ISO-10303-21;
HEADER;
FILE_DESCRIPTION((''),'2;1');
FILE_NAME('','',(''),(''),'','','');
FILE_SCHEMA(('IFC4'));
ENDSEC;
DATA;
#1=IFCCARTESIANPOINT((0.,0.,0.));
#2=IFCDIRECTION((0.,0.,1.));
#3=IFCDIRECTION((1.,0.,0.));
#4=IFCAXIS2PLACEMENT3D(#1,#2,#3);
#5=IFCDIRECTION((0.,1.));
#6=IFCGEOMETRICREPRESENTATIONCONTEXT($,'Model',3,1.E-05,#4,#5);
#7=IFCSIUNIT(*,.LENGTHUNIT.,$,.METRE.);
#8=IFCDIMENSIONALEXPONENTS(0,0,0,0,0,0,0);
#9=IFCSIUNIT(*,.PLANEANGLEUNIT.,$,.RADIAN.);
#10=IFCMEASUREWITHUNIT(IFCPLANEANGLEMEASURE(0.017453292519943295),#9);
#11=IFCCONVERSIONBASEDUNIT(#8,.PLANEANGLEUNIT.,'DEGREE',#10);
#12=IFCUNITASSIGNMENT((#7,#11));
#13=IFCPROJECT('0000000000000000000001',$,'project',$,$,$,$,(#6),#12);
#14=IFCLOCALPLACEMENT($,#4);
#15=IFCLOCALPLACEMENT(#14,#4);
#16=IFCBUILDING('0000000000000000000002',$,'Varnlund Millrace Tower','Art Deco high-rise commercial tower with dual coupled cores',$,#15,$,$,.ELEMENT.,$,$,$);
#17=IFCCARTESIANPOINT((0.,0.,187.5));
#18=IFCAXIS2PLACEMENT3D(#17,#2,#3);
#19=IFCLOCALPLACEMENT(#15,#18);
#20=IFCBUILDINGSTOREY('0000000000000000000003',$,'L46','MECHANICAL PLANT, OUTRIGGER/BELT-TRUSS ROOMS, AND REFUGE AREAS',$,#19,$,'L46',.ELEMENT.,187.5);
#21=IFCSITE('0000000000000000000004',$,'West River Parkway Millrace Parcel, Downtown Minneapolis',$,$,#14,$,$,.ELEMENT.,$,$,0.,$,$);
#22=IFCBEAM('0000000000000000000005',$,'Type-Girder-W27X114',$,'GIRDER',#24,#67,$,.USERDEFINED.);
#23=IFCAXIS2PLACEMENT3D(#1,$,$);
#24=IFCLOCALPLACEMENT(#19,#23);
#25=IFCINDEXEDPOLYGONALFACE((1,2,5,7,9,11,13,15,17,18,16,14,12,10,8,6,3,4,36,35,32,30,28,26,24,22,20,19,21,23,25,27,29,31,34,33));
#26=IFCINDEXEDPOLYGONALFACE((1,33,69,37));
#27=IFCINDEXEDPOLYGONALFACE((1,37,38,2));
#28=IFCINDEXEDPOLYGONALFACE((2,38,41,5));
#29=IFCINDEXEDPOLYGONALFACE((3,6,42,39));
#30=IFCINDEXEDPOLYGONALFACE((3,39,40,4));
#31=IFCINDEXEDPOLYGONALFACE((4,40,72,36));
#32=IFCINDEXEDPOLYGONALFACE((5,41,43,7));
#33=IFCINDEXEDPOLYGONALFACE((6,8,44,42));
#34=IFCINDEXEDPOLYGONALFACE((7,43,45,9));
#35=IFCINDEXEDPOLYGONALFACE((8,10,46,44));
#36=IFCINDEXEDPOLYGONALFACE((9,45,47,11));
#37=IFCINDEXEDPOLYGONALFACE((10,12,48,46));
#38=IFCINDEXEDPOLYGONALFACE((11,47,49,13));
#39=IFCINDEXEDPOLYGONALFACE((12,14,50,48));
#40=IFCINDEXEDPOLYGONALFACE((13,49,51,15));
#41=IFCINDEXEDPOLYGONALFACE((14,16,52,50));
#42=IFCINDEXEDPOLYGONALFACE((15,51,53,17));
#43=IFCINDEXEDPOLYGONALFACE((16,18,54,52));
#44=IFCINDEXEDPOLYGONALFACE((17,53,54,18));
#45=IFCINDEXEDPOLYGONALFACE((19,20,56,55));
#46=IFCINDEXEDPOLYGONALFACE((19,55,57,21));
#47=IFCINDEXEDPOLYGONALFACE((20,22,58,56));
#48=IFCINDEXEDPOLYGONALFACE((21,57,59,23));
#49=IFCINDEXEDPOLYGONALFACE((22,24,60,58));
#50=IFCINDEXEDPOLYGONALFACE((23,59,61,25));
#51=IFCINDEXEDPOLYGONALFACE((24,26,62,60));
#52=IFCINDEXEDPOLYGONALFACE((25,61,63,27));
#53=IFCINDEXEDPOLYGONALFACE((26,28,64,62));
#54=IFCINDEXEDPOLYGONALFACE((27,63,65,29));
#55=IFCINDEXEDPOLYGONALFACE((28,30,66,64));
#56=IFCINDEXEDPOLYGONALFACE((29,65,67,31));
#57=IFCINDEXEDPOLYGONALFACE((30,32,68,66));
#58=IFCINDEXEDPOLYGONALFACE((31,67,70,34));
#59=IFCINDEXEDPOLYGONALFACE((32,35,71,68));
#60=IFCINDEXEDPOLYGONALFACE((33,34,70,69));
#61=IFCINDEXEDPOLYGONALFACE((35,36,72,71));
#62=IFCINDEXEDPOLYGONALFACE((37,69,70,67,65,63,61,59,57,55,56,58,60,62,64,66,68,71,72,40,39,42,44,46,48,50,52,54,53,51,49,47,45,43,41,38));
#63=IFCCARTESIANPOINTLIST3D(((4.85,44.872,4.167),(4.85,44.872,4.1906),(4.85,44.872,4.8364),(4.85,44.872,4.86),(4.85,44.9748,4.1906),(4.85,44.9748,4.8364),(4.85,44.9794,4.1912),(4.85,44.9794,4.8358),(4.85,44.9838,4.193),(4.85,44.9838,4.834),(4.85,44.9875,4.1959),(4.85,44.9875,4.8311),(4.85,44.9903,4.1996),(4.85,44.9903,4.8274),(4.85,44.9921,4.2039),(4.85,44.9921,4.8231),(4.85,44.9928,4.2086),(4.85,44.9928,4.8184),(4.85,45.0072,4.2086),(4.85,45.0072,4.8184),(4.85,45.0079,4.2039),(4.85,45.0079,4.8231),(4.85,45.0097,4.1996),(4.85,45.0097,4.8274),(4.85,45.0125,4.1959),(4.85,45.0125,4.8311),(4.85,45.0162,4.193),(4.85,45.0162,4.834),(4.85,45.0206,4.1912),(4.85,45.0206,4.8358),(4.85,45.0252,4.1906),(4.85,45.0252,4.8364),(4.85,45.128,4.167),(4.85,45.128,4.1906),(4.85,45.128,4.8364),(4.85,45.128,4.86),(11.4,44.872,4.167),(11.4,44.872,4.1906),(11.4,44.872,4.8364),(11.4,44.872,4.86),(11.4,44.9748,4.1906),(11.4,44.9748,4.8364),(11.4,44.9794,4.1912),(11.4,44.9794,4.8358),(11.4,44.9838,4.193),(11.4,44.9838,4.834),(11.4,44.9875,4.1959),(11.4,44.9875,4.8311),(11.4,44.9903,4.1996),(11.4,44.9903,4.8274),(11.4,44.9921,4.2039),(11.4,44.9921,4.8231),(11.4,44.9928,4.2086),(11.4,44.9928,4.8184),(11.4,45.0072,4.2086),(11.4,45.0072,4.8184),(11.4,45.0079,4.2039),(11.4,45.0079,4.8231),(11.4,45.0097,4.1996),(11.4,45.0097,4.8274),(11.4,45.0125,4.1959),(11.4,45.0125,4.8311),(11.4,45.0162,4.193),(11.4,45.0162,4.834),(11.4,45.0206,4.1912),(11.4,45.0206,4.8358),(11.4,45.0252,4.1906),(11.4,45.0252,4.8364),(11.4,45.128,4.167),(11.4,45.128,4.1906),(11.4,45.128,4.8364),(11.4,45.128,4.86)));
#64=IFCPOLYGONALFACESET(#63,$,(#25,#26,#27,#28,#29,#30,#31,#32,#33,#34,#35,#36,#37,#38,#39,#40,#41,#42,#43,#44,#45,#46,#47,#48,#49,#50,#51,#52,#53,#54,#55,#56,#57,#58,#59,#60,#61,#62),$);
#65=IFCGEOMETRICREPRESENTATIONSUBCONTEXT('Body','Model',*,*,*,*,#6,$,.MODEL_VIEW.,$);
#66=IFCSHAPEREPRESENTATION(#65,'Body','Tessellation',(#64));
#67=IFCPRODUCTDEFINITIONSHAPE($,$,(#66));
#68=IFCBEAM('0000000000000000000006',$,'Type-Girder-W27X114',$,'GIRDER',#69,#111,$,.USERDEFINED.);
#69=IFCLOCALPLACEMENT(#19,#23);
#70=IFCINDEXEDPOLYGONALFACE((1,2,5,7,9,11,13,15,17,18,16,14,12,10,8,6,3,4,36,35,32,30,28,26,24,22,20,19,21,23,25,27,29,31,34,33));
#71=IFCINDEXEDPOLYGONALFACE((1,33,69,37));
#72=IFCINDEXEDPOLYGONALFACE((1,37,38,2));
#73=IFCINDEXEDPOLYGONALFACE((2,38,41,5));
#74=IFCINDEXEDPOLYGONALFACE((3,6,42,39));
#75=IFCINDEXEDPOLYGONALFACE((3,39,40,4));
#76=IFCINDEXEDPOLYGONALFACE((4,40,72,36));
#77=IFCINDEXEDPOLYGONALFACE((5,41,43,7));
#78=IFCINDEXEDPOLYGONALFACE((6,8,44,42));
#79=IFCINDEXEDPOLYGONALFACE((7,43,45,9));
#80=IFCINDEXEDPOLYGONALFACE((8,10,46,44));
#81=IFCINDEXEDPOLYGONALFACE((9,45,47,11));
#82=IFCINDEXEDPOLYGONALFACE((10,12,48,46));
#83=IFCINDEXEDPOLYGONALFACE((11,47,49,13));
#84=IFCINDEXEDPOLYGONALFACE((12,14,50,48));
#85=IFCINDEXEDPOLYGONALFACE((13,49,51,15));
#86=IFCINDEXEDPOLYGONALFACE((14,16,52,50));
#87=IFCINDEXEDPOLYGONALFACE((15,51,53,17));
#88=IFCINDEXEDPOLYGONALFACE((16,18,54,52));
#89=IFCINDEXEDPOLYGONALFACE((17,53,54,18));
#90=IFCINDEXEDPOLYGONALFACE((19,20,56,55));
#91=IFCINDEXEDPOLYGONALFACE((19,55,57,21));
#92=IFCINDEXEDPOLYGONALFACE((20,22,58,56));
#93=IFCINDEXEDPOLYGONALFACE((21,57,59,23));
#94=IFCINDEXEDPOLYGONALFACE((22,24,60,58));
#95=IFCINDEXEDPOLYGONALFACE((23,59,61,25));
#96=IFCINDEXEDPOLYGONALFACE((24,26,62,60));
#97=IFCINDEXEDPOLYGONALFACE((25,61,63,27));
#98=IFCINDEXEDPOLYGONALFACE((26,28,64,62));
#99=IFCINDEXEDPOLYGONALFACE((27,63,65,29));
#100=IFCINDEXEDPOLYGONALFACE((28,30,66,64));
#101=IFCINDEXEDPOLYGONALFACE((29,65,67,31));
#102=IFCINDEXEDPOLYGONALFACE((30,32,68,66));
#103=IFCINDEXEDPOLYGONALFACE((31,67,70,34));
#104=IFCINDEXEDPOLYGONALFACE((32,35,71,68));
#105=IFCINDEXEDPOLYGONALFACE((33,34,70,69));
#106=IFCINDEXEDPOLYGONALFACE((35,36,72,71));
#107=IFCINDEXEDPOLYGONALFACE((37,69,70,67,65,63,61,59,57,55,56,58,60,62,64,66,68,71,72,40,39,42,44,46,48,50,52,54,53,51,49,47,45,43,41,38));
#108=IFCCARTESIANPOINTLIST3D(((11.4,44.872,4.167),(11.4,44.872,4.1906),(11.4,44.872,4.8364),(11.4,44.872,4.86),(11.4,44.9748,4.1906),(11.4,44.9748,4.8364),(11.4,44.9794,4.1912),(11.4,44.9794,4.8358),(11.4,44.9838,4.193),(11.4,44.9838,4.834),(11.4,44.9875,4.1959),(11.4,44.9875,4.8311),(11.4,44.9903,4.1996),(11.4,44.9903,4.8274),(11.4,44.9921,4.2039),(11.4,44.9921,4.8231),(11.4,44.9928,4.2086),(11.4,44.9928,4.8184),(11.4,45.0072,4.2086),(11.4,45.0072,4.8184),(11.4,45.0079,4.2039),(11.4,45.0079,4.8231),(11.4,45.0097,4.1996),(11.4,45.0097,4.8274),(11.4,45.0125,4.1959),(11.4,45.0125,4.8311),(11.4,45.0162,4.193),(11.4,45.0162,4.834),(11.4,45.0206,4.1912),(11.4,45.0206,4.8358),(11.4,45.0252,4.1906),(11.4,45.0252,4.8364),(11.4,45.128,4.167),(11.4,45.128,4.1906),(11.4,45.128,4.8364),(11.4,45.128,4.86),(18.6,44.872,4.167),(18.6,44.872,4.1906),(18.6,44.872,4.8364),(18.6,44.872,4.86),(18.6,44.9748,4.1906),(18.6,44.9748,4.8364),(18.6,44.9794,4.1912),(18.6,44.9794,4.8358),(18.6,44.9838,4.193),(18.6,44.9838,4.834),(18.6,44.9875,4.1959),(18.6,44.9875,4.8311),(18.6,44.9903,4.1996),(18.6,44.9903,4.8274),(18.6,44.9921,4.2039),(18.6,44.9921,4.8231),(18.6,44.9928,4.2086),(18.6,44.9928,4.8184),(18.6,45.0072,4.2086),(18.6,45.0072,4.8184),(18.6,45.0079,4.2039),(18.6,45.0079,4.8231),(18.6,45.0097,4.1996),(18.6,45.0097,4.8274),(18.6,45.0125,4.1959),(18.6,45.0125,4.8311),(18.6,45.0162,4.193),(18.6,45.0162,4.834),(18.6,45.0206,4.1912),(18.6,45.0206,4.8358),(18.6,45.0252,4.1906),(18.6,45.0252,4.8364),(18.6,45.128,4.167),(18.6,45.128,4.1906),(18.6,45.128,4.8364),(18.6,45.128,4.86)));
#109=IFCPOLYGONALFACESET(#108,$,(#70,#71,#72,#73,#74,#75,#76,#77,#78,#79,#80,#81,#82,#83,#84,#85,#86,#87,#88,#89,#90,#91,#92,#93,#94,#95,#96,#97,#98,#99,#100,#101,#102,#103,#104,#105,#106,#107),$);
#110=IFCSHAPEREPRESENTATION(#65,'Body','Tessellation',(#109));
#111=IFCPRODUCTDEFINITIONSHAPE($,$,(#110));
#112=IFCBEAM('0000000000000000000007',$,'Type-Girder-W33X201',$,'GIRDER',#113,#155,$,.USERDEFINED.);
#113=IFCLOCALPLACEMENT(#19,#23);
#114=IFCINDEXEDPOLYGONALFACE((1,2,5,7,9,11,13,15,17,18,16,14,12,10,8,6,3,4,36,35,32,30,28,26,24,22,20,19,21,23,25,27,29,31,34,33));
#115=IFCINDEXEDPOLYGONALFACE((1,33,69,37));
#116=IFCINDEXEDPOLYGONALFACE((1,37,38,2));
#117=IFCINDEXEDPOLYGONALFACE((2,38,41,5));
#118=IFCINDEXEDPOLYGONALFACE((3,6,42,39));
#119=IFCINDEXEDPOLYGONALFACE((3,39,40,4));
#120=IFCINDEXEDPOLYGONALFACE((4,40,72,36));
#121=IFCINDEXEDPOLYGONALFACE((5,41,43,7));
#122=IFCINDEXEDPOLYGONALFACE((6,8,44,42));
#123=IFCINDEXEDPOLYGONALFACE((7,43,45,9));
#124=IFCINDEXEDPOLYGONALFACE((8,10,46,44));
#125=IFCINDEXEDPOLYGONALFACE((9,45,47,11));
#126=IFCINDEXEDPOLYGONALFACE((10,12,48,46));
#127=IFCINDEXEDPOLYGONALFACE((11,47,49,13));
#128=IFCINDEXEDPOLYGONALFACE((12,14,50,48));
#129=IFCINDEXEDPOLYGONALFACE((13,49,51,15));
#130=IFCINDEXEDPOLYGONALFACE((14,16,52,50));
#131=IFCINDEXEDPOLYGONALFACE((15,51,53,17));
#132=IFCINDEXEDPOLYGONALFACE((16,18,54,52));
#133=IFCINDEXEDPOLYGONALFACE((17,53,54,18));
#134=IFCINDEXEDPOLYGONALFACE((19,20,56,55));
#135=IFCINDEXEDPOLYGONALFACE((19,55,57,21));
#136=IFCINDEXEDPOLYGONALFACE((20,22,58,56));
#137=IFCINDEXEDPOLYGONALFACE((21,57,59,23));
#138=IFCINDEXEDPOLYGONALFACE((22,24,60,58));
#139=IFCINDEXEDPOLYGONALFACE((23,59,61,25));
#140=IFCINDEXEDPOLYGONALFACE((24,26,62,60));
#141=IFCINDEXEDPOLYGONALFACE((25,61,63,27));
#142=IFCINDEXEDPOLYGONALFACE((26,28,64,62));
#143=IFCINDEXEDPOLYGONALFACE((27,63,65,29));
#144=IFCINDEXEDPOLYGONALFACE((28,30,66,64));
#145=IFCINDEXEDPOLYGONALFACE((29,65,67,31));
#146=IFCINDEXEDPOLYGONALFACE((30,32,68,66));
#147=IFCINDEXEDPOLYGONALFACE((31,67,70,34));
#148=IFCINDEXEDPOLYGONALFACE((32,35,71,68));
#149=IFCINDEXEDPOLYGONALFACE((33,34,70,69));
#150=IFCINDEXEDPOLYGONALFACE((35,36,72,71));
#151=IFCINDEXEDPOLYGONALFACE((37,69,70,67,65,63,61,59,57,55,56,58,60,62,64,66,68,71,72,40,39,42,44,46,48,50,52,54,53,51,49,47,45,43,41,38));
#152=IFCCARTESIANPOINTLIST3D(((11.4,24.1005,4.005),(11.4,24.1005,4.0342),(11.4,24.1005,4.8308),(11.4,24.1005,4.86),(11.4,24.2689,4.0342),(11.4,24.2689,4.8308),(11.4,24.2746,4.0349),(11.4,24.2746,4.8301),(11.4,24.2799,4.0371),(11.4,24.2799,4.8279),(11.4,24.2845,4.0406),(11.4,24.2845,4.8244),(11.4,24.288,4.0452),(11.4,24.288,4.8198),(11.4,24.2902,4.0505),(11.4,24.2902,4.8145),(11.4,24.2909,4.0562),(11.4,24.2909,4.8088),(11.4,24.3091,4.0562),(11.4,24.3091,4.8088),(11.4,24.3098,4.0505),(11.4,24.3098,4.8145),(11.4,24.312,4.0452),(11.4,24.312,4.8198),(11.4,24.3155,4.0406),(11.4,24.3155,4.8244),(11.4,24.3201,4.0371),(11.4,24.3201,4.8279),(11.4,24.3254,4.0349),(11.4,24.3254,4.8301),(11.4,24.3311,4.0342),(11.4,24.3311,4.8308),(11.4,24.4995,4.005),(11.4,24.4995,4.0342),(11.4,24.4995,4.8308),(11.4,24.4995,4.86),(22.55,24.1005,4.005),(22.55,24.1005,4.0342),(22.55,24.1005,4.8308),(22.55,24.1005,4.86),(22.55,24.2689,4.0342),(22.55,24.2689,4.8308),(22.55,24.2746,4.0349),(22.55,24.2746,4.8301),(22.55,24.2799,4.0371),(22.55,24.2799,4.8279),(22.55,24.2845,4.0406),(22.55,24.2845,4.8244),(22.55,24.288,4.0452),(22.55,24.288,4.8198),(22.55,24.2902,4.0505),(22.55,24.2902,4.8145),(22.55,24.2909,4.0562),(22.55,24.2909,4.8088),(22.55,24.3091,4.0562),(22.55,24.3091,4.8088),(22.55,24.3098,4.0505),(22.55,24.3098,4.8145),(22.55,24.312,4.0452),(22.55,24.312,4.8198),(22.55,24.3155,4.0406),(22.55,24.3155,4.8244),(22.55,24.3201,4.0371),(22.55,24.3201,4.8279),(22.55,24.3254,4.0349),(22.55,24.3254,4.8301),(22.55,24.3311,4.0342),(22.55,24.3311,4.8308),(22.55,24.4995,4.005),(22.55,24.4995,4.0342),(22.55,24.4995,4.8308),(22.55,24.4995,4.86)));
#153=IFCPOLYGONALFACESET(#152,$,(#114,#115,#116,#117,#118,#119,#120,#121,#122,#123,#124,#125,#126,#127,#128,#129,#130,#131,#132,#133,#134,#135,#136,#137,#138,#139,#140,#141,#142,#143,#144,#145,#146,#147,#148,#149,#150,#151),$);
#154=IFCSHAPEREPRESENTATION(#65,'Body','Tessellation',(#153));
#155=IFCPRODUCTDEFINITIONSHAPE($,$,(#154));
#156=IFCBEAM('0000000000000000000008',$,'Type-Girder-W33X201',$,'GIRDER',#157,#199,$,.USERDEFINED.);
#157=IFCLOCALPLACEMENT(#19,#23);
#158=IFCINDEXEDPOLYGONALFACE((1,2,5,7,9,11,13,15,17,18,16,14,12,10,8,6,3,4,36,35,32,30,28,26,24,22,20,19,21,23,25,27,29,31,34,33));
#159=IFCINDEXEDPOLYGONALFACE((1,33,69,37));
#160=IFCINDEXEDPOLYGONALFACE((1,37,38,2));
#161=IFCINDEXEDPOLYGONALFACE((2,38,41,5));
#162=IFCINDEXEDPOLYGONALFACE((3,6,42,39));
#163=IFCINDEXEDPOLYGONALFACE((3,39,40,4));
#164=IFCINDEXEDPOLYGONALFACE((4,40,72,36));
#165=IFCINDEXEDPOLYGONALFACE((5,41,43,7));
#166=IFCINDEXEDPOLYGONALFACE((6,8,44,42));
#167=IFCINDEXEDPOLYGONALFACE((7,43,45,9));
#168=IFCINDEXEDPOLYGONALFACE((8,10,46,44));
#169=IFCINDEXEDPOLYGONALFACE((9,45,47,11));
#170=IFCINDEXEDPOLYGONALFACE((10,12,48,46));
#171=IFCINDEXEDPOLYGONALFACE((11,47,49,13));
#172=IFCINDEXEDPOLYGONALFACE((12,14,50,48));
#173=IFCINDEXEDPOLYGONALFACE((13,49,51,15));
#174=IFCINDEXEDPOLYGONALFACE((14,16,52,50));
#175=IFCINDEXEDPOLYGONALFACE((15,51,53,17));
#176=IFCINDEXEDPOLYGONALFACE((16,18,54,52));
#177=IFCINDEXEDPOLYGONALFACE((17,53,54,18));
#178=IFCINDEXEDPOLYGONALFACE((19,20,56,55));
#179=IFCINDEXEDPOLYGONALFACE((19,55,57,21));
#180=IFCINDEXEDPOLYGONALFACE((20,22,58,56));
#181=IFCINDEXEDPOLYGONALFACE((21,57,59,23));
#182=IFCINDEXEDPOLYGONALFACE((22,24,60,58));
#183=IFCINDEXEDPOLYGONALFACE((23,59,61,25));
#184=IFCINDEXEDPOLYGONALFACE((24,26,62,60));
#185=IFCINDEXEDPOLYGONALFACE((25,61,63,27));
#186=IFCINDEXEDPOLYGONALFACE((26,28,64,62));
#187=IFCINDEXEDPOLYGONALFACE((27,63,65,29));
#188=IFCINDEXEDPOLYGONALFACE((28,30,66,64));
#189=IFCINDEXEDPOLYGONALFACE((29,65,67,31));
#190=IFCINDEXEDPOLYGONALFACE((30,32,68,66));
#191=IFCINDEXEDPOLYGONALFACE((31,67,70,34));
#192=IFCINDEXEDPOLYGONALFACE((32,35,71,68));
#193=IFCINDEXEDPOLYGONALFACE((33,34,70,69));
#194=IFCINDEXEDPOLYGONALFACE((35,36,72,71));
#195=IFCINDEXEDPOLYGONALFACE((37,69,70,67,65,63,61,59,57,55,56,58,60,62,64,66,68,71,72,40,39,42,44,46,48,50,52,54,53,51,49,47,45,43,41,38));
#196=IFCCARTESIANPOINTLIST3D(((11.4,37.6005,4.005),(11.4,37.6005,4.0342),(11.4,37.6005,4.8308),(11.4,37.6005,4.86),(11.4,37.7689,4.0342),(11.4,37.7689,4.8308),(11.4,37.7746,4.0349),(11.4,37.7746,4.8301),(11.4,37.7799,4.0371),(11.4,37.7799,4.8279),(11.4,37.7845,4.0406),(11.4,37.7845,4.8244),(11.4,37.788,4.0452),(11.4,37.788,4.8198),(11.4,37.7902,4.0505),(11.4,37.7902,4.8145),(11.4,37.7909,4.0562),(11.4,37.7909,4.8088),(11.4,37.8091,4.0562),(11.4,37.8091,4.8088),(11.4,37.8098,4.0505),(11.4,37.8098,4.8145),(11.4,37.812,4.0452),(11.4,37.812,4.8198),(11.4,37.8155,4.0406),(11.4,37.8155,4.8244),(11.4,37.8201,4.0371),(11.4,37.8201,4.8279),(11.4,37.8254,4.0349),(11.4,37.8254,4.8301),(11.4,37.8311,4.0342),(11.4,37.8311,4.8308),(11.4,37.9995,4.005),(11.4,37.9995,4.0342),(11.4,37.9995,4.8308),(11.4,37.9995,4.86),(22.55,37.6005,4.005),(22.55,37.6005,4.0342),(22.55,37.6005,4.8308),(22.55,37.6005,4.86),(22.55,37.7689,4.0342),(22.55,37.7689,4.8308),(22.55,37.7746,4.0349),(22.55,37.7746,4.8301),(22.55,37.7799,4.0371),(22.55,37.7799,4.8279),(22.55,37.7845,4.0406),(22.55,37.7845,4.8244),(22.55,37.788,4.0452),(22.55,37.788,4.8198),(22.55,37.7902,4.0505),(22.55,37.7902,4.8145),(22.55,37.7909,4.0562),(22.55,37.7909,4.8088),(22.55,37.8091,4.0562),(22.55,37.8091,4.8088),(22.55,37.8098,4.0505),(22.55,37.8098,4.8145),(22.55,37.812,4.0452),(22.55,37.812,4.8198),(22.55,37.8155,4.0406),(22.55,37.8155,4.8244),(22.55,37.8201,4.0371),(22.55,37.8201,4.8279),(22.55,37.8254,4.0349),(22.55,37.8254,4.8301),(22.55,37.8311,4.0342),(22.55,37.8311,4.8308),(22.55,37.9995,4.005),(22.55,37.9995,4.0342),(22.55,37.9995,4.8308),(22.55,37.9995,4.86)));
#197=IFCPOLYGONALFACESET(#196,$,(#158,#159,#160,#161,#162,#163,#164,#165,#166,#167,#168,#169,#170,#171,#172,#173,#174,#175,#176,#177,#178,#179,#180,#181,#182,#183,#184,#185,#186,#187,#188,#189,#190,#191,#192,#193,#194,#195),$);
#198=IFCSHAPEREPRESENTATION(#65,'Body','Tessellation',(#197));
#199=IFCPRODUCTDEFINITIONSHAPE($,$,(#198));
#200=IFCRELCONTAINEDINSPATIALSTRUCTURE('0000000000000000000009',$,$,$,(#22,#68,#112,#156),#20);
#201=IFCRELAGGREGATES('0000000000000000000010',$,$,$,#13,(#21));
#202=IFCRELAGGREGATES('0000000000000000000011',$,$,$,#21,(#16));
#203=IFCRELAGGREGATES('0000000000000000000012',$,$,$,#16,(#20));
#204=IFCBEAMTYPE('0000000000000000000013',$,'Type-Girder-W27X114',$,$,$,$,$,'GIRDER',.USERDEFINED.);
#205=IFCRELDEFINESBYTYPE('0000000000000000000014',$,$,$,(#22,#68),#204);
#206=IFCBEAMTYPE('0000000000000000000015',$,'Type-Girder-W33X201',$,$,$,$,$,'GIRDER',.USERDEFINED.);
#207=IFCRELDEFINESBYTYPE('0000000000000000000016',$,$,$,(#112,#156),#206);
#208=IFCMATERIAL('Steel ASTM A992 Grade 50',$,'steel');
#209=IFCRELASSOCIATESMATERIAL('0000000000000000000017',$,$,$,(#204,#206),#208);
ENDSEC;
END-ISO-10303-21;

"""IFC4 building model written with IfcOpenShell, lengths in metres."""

from ifc_helpers import new_model, entity, si_unit, converted_unit, direction, frame, origin_with_axes, origin_2d_with_axis, place, context, subcontext, project, spatial, i_section, extrude, material, material_profile, profile_set, type_object, element, save


model = new_model("IFC4")

# Units and contexts
model_context = context("Model", 3, precision=1e-05, world=origin_with_axes(), true_north=direction((0.0, 1.0)))
body_context = subcontext(model_context, "Body", "Model", "MODEL_VIEW")
ifc_project = project(units=[si_unit("LENGTHUNIT", "METRE"), converted_unit("PLANEANGLEUNIT", "DEGREE", entity("IfcPlaneAngleMeasure", 0.017453292519943295), si_unit("PLANEANGLEUNIT", "RADIAN"), dimensions=[0, 0, 0, 0, 0, 0, 0])], contexts=[model_context])

# Site, building, storey
site_placement = place(None, origin_with_axes())
site = spatial("IfcSite", under=ifc_project, at=site_placement, Name="West River Parkway Millrace Parcel, Downtown Minneapolis", CompositionType="ELEMENT", RefElevation=0.0)
building_placement = place(site_placement, origin_with_axes())
building = spatial("IfcBuilding", under=site, at=building_placement, Name="Varnlund Millrace Tower", Description="Art Deco high-rise commercial tower with dual coupled cores", CompositionType="ELEMENT")
storey_placement = place(building_placement, frame((0.0, 0.0, 187.5), z_axis=(0.0, 0.0, 1.0), x_axis=(1.0, 0.0, 0.0)))
storey = spatial("IfcBuildingStorey", under=building, at=storey_placement, Name="L46", Description="MECHANICAL PLANT, OUTRIGGER/BELT-TRUSS ROOMS, AND REFUGE AREAS", LongName="L46", CompositionType="ELEMENT", Elevation=187.5)

# Beams
ifc_material_1 = material(Name="Steel ASTM A992 Grade 50", Category="steel")
ifc_material_profile_1 = material_profile(ifc_material_1, i_section(OverallWidth=0.256, OverallDepth=0.693, WebThickness=0.0145, FlangeThickness=0.0236, FilletRadius=0.018, at=origin_2d_with_axis()), Name="Steel ASTM A992 Grade 50")
ifc_profile_set_1 = profile_set([ifc_material_profile_1], Name="Steel ASTM A992 Grade 50")
beam_type_1 = type_object("IfcBeamType", Name="Type-Girder-W27X114", ElementType="GIRDER", PredefinedType="USERDEFINED", material=ifc_profile_set_1)
beam_1_placement = place(storey_placement, frame((4.85, 45.0, 4.5135), z_axis=(1.0, 0.0, 0.0), x_axis=(0.0, 1.0, 0.0)))
element("IfcBeam", 1, at=beam_1_placement, inside=storey, type_object=beam_type_1, Name="Type-Girder-W27X114", ObjectType="GIRDER", PredefinedType="USERDEFINED", context=body_context, shape_type="SweptSolid", body=[
    extrude(i_section(OverallWidth=0.256, OverallDepth=0.693, WebThickness=0.0145, FlangeThickness=0.0236, FilletRadius=0.018, at=origin_2d_with_axis()), origin_with_axes(), (0.0, 0.0, 1.0), 6.55),
])
beam_2_placement = place(storey_placement, frame((11.4, 45.0, 4.5135), z_axis=(1.0, 0.0, 0.0), x_axis=(0.0, 1.0, 0.0)))
element("IfcBeam", 2, at=beam_2_placement, inside=storey, type_object=beam_type_1, Name="Type-Girder-W27X114", ObjectType="GIRDER", PredefinedType="USERDEFINED", context=body_context, shape_type="SweptSolid", body=[
    extrude(i_section(OverallWidth=0.256, OverallDepth=0.693, WebThickness=0.0145, FlangeThickness=0.0236, FilletRadius=0.018, at=origin_2d_with_axis()), origin_with_axes(), (0.0, 0.0, 1.0), 7.2),
])
ifc_material_profile_2 = material_profile(ifc_material_1, i_section(OverallWidth=0.399, OverallDepth=0.855, WebThickness=0.0182, FlangeThickness=0.0292, FilletRadius=0.022, at=origin_2d_with_axis()), Name="Steel ASTM A992 Grade 50")
ifc_profile_set_2 = profile_set([ifc_material_profile_2], Name="Steel ASTM A992 Grade 50")
beam_type_2 = type_object("IfcBeamType", Name="Type-Girder-W33X201", ElementType="GIRDER", PredefinedType="USERDEFINED", material=ifc_profile_set_2)
for number, where, z_axis, x_axis, name in (
    (3, (11.4, 24.3, 4.4325), (1.0, 0.0, 0.0), (0.0, 1.0, 0.0), "Type-Girder-W33X201"),
    (4, (11.4, 37.8, 4.4325), (1.0, 0.0, 0.0), (0.0, 1.0, 0.0), "Type-Girder-W33X201"),
):
    element("IfcBeam", number, at=place(storey_placement, frame(where, z_axis=z_axis, x_axis=x_axis)), inside=storey, type_object=beam_type_2, Name=name, ObjectType="GIRDER", PredefinedType="USERDEFINED", context=body_context, shape_type="SweptSolid", body=[
        extrude(i_section(OverallWidth=0.399, OverallDepth=0.855, WebThickness=0.0182, FlangeThickness=0.0292, FilletRadius=0.022, at=origin_2d_with_axis()), origin_with_axes(), (0.0, 0.0, 1.0), 11.15),
    ])

save(model, "model.ifc")
